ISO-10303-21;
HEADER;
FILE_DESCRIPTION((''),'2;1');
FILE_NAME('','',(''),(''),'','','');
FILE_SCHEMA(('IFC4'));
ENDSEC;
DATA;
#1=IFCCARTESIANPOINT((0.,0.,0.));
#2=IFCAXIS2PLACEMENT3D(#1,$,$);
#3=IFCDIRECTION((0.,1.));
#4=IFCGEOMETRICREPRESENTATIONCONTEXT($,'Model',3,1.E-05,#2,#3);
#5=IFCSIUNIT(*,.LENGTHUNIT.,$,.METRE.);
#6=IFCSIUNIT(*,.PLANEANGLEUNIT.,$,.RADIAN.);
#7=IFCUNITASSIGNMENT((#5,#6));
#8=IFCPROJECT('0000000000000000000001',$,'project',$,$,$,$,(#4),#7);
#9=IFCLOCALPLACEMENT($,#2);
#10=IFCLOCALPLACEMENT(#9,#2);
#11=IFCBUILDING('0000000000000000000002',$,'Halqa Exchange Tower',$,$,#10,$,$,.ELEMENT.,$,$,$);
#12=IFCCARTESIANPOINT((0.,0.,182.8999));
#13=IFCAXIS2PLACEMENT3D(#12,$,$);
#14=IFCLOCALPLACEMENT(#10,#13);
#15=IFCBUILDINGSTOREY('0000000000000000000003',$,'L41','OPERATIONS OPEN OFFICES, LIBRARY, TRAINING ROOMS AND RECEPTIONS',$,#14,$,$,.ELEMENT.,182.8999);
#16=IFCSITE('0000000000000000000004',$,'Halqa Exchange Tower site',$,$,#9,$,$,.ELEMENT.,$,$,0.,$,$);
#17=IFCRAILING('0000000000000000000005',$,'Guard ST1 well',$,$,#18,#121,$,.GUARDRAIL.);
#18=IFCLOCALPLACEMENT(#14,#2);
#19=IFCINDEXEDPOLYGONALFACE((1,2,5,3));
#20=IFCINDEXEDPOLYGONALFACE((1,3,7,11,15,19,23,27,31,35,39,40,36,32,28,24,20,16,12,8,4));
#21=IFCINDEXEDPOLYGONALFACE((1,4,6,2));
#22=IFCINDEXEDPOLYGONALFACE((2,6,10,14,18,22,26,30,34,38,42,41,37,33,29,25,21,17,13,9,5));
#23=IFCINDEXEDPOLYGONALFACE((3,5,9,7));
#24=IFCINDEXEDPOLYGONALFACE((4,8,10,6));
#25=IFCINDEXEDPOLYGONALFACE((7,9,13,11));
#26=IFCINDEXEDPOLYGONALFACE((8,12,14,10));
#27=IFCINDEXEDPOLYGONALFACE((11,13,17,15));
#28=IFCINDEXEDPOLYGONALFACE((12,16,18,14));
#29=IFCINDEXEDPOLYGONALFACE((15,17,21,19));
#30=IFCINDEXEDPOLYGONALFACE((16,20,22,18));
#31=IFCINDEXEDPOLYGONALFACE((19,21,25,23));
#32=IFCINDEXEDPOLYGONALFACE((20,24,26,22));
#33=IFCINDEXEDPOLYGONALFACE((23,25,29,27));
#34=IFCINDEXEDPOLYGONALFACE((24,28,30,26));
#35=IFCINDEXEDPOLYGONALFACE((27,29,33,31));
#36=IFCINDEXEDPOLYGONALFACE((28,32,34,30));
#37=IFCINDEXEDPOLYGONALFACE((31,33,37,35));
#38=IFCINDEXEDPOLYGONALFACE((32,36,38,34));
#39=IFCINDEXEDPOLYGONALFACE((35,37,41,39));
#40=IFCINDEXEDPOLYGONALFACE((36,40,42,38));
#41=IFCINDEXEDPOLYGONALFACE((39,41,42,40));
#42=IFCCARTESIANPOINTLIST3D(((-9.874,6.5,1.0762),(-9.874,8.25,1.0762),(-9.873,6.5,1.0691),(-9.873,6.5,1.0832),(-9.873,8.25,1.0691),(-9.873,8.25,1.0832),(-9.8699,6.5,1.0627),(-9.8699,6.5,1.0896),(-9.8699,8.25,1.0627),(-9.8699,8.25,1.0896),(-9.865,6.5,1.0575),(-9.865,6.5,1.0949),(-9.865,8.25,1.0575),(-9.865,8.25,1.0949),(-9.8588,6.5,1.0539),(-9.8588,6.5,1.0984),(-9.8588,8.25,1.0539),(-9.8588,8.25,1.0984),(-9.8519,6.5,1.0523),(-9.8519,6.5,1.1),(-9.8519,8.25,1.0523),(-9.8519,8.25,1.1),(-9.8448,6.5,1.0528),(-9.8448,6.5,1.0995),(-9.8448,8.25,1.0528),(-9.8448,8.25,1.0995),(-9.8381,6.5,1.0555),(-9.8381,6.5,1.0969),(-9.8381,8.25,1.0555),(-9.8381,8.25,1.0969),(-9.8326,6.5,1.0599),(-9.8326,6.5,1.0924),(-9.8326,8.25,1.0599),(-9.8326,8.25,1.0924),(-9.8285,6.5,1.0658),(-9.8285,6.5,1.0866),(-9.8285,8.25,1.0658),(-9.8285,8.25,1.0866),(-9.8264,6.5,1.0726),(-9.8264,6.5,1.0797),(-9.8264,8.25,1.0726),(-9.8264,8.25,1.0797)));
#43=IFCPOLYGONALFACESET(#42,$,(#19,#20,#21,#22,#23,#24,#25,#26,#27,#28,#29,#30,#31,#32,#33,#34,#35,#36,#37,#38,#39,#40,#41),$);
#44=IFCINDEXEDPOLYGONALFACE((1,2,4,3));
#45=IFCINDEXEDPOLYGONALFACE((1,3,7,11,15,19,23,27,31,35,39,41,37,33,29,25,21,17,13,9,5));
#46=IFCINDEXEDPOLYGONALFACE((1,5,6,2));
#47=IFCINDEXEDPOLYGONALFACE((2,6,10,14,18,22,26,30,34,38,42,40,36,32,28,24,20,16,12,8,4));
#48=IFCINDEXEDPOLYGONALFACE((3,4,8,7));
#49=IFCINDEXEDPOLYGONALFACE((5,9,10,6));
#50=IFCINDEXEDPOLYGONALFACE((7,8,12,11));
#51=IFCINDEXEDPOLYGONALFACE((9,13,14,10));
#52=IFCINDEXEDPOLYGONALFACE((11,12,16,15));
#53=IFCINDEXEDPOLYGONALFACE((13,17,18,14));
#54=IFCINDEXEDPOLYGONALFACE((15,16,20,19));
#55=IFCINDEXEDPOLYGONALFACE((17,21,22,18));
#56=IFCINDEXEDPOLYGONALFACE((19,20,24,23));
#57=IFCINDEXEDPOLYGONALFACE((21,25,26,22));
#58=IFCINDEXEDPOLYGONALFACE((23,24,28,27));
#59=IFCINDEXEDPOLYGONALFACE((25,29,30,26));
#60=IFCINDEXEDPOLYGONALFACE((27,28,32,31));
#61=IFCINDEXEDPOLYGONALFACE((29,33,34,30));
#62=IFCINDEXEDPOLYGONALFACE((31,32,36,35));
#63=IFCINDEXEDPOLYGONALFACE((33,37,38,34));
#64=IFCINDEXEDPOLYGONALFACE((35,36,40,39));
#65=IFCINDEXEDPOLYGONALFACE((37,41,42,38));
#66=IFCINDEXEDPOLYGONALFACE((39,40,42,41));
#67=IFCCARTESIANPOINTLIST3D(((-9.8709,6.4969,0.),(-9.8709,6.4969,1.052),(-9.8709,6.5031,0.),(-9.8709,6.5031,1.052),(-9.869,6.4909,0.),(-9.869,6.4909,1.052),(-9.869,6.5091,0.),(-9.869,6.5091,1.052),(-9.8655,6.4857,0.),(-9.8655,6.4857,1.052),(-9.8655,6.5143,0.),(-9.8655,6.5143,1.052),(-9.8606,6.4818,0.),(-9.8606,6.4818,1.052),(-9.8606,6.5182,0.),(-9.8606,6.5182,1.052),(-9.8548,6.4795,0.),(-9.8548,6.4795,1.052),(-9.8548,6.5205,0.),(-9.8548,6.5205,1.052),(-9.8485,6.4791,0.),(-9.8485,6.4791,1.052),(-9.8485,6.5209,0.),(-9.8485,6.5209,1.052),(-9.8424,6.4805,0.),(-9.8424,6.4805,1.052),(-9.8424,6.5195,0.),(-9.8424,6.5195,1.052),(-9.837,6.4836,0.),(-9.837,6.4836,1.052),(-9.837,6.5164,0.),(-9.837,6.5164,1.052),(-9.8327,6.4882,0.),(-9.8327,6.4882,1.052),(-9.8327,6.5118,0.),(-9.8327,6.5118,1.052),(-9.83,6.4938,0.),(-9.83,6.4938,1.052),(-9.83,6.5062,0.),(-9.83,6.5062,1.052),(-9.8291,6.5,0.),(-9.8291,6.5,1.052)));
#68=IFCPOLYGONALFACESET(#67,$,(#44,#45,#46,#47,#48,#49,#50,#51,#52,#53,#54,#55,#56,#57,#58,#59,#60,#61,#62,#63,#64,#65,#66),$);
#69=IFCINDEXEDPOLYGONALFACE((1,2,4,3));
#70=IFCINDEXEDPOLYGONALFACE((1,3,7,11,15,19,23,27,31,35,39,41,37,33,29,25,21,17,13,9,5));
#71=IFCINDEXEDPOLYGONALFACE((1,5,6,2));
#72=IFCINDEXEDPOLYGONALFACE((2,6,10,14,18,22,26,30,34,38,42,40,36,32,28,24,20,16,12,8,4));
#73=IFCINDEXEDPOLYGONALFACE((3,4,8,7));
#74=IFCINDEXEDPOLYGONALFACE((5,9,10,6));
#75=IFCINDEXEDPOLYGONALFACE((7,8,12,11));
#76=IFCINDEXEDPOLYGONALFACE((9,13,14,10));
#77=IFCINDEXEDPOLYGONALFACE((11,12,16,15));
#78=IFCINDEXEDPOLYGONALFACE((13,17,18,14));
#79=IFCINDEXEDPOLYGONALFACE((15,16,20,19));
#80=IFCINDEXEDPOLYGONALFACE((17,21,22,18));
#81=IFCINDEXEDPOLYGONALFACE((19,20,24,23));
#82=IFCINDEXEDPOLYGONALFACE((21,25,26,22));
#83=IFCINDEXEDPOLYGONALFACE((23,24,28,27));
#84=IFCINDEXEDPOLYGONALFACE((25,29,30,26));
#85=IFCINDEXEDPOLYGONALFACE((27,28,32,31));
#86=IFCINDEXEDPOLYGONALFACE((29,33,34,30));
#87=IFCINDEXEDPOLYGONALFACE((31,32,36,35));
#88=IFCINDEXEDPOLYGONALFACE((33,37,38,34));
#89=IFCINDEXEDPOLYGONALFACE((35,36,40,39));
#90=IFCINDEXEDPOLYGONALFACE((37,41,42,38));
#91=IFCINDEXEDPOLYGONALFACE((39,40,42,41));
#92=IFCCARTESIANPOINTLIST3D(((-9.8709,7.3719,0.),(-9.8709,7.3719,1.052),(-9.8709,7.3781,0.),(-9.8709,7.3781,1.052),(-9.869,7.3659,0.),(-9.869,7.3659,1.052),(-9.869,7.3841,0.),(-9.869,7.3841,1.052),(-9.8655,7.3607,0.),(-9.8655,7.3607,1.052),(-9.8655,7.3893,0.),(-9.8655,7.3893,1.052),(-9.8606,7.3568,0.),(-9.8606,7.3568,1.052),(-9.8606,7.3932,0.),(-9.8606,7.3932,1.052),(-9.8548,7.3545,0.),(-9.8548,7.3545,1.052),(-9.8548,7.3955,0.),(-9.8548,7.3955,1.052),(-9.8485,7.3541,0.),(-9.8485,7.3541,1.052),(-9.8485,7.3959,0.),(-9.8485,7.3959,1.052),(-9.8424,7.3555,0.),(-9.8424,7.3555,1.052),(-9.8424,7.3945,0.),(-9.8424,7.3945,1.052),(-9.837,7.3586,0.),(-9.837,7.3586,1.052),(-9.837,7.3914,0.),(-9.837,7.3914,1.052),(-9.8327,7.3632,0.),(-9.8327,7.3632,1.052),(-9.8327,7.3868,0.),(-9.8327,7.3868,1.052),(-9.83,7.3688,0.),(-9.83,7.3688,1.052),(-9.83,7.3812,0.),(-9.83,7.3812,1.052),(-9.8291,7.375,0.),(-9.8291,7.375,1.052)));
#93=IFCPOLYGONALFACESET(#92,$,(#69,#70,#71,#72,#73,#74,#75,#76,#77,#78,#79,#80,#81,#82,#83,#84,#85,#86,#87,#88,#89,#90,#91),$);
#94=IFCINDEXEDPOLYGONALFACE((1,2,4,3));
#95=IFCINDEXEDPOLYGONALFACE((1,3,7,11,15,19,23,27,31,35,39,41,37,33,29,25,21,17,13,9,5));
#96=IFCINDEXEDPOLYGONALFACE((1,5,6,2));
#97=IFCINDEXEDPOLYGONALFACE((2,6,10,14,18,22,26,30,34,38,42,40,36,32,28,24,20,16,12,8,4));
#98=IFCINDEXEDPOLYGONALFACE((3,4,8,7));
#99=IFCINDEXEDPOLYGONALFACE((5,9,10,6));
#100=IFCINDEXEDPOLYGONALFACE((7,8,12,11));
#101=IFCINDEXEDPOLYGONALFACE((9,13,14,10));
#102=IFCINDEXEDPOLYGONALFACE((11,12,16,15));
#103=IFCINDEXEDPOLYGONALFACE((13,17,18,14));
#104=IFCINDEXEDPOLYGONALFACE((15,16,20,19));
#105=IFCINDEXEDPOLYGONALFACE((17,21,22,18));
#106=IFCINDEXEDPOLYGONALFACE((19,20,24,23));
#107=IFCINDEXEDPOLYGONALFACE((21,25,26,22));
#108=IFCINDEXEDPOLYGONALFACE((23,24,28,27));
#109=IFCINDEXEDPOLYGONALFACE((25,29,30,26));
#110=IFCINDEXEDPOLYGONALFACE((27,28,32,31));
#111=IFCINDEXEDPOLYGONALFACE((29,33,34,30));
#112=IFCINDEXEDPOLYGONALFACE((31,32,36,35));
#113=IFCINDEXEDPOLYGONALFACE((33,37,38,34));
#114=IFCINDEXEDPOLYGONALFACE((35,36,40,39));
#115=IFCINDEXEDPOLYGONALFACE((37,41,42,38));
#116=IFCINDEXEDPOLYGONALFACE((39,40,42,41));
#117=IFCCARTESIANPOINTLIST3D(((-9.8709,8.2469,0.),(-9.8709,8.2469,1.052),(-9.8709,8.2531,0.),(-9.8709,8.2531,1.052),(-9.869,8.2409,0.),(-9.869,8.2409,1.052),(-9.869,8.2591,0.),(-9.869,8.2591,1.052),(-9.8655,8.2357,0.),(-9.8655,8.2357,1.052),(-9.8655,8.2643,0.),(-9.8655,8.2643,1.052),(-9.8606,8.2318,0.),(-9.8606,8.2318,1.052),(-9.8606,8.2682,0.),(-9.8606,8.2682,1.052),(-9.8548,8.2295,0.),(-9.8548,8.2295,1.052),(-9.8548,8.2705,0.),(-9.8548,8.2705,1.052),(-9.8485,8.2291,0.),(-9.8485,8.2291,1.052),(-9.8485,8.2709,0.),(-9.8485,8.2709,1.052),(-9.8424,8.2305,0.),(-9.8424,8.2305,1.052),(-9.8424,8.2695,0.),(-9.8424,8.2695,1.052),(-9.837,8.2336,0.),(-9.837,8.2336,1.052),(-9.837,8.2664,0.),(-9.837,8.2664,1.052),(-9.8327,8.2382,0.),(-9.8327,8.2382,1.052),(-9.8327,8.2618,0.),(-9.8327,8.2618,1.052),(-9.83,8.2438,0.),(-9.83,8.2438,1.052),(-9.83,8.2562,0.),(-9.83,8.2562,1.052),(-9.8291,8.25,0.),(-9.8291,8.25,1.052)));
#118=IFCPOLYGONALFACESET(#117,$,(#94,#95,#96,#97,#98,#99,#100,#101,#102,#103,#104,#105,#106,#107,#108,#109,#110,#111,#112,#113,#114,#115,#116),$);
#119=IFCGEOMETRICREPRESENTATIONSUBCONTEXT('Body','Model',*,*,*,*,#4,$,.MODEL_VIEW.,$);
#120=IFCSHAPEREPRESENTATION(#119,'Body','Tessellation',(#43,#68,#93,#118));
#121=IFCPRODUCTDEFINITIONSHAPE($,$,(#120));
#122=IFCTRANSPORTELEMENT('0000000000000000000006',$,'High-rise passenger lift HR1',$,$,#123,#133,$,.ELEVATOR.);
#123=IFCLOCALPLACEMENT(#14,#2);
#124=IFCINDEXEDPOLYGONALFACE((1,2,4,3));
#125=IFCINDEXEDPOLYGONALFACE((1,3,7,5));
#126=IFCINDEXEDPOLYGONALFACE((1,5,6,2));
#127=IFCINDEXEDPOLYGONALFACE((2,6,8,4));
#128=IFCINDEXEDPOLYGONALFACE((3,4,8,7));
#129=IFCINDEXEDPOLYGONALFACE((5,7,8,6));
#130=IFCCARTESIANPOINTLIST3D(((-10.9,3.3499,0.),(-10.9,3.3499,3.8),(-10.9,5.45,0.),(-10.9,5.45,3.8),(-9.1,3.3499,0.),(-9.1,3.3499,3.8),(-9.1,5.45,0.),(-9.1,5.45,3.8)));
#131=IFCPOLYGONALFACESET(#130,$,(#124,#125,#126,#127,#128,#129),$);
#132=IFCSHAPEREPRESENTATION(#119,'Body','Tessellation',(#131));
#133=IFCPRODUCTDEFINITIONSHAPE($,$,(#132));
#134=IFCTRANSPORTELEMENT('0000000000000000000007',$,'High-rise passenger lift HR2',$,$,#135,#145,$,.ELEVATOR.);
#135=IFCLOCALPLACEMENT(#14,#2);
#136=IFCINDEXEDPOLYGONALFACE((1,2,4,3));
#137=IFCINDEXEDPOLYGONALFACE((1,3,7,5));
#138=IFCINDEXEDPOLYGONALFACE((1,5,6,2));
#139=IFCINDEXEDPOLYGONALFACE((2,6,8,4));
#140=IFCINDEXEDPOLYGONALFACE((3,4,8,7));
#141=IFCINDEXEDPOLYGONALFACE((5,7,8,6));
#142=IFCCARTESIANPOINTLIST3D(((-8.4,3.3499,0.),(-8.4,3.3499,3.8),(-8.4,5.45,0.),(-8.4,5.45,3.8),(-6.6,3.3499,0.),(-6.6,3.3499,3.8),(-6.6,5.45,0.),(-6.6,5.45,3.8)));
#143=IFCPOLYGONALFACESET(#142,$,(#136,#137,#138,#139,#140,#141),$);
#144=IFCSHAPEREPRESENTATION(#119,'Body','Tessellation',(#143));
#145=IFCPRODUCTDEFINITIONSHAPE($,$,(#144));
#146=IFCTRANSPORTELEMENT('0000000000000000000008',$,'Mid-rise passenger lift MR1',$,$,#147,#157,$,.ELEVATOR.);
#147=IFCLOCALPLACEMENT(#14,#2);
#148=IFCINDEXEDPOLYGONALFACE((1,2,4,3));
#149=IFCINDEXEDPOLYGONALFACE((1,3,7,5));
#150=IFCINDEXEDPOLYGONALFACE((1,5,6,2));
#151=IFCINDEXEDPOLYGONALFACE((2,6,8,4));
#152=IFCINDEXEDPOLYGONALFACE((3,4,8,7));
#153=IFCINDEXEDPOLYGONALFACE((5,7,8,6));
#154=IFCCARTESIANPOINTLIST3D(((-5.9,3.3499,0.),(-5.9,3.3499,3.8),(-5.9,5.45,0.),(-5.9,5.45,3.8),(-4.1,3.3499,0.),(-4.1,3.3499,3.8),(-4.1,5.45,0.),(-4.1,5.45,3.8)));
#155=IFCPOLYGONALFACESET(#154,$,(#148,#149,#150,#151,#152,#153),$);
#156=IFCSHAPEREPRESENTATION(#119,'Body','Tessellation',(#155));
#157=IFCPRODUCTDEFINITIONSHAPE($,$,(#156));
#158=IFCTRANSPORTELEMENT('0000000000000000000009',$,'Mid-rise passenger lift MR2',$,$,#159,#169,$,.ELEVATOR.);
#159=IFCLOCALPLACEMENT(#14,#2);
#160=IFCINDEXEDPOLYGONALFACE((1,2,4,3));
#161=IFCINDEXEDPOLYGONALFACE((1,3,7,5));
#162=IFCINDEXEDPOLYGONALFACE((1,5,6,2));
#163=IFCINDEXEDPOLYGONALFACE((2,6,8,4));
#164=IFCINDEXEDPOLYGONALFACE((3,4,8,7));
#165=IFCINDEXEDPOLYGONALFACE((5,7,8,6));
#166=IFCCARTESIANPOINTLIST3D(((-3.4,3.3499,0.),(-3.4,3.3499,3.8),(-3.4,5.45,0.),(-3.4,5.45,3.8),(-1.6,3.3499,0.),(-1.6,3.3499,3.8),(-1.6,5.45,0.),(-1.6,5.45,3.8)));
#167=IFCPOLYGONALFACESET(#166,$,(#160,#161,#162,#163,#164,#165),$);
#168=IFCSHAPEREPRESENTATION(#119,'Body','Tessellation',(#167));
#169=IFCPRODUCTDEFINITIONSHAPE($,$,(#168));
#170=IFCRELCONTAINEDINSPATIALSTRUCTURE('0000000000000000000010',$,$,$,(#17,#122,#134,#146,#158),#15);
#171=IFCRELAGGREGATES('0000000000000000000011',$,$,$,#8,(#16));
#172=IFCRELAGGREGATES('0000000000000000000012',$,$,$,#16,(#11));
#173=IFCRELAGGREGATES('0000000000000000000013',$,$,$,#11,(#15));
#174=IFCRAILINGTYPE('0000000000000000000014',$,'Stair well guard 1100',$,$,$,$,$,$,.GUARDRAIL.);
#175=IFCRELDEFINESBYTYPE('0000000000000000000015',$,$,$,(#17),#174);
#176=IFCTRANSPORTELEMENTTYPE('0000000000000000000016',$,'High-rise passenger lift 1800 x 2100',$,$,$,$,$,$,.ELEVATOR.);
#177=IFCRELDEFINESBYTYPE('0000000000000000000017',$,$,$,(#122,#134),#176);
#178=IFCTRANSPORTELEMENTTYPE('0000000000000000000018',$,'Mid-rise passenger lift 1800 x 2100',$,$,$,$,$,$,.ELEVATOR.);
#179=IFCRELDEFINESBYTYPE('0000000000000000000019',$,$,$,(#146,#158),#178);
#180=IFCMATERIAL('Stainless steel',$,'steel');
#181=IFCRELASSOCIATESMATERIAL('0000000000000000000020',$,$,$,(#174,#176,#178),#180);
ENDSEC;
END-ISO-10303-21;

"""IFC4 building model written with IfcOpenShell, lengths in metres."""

from ifc_helpers import new_model, si_unit, direction, frame, origin, origin_2d, place, context, subcontext, project, spatial, rectangle, circle, extrude, material, type_object, element, save


model = new_model("IFC4")

# Units and contexts
model_context = context("Model", 3, precision=1e-05, world=origin(), true_north=direction((0.0, 1.0)))
body_context = subcontext(model_context, "Body", "Model", "MODEL_VIEW")
ifc_project = project(units=[si_unit("LENGTHUNIT", "METRE"), si_unit("PLANEANGLEUNIT", "RADIAN")], contexts=[model_context])

# Site, building, storey
site_placement = place(None, origin())
site = spatial("IfcSite", under=ifc_project, at=site_placement, Name="Halqa Exchange Tower site", CompositionType="ELEMENT", RefElevation=0.0)
building_placement = place(site_placement, origin())
building = spatial("IfcBuilding", under=site, at=building_placement, Name="Halqa Exchange Tower", CompositionType="ELEMENT")
storey_placement = place(building_placement, frame((0.0, 0.0, 182.8999)))
storey = spatial("IfcBuildingStorey", under=building, at=storey_placement, Name="L41", Description="OPERATIONS OPEN OFFICES, LIBRARY, TRAINING ROOMS AND RECEPTIONS", CompositionType="ELEMENT", Elevation=182.8999)

# Shared definitions
ifc_material_1 = material(Name="Stainless steel", Category="steel")

# Railing
railing_type_1 = type_object("IfcRailingType", Name="Stair well guard 1100", PredefinedType="GUARDRAIL", material=ifc_material_1)
railing_1_placement = place(storey_placement, frame((-9.8501, 6.5, 0.0)))
element("IfcRailing", 1, at=railing_1_placement, inside=storey, type_object=railing_type_1, Name="Guard ST1 well", PredefinedType="GUARDRAIL", context=body_context, shape_type="SweptSolid", body=[
    extrude(circle(Radius=0.0239, at=origin_2d()), frame((0.0, 0.0, 1.0762), z_axis=(0.0, 1.0, 0.0), x_axis=(-1.0, 0.0, 0.0)), (0.0, 0.0, 1.0), 1.75),
    extrude(circle(Radius=0.021, at=origin_2d()), origin(), (0.0, 0.0, 1.0), 1.052),
    extrude(circle(Radius=0.021, at=origin_2d()), frame((0.0, 0.875, 0.0)), (0.0, 0.0, 1.0), 1.052),
    extrude(circle(Radius=0.021, at=origin_2d()), frame((0.0, 1.75, 0.0)), (0.0, 0.0, 1.0), 1.052),
])

# Transport elements
transport_element_type_1 = type_object("IfcTransportElementType", Name="High-rise passenger lift 1800 x 2100", PredefinedType="ELEVATOR", material=ifc_material_1)
for number, where, z_axis, x_axis, name in (
    (2, (-10.0, 4.3999, 0.0), (0.0, 0.0, 1.0), (1.0, 0.0, 0.0), "High-rise passenger lift HR1"),
    (3, (-7.5, 4.3999, 0.0), (0.0, 0.0, 1.0), (1.0, 0.0, 0.0), "High-rise passenger lift HR2"),
):
    element("IfcTransportElement", number, at=place(storey_placement, frame(where, z_axis=z_axis, x_axis=x_axis)), inside=storey, type_object=transport_element_type_1, Name=name, PredefinedType="ELEVATOR", context=body_context, shape_type="SweptSolid", body=[
        extrude(rectangle(XDim=1.8, YDim=2.1001, at=origin_2d()), origin(), (0.0, 0.0, 1.0), 3.8),
    ])
transport_element_type_2 = type_object("IfcTransportElementType", Name="Mid-rise passenger lift 1800 x 2100", PredefinedType="ELEVATOR", material=ifc_material_1)
for number, where, z_axis, x_axis, name in (
    (4, (-5.0, 4.3999, 0.0), (0.0, 0.0, 1.0), (1.0, 0.0, 0.0), "Mid-rise passenger lift MR1"),
    (5, (-2.5, 4.3999, 0.0), (0.0, 0.0, 1.0), (1.0, 0.0, 0.0), "Mid-rise passenger lift MR2"),
):
    element("IfcTransportElement", number, at=place(storey_placement, frame(where, z_axis=z_axis, x_axis=x_axis)), inside=storey, type_object=transport_element_type_2, Name=name, PredefinedType="ELEVATOR", context=body_context, shape_type="SweptSolid", body=[
        extrude(rectangle(XDim=1.8, YDim=2.1001, at=origin_2d()), origin(), (0.0, 0.0, 1.0), 3.8),
    ])

save(model, "model.ifc")
